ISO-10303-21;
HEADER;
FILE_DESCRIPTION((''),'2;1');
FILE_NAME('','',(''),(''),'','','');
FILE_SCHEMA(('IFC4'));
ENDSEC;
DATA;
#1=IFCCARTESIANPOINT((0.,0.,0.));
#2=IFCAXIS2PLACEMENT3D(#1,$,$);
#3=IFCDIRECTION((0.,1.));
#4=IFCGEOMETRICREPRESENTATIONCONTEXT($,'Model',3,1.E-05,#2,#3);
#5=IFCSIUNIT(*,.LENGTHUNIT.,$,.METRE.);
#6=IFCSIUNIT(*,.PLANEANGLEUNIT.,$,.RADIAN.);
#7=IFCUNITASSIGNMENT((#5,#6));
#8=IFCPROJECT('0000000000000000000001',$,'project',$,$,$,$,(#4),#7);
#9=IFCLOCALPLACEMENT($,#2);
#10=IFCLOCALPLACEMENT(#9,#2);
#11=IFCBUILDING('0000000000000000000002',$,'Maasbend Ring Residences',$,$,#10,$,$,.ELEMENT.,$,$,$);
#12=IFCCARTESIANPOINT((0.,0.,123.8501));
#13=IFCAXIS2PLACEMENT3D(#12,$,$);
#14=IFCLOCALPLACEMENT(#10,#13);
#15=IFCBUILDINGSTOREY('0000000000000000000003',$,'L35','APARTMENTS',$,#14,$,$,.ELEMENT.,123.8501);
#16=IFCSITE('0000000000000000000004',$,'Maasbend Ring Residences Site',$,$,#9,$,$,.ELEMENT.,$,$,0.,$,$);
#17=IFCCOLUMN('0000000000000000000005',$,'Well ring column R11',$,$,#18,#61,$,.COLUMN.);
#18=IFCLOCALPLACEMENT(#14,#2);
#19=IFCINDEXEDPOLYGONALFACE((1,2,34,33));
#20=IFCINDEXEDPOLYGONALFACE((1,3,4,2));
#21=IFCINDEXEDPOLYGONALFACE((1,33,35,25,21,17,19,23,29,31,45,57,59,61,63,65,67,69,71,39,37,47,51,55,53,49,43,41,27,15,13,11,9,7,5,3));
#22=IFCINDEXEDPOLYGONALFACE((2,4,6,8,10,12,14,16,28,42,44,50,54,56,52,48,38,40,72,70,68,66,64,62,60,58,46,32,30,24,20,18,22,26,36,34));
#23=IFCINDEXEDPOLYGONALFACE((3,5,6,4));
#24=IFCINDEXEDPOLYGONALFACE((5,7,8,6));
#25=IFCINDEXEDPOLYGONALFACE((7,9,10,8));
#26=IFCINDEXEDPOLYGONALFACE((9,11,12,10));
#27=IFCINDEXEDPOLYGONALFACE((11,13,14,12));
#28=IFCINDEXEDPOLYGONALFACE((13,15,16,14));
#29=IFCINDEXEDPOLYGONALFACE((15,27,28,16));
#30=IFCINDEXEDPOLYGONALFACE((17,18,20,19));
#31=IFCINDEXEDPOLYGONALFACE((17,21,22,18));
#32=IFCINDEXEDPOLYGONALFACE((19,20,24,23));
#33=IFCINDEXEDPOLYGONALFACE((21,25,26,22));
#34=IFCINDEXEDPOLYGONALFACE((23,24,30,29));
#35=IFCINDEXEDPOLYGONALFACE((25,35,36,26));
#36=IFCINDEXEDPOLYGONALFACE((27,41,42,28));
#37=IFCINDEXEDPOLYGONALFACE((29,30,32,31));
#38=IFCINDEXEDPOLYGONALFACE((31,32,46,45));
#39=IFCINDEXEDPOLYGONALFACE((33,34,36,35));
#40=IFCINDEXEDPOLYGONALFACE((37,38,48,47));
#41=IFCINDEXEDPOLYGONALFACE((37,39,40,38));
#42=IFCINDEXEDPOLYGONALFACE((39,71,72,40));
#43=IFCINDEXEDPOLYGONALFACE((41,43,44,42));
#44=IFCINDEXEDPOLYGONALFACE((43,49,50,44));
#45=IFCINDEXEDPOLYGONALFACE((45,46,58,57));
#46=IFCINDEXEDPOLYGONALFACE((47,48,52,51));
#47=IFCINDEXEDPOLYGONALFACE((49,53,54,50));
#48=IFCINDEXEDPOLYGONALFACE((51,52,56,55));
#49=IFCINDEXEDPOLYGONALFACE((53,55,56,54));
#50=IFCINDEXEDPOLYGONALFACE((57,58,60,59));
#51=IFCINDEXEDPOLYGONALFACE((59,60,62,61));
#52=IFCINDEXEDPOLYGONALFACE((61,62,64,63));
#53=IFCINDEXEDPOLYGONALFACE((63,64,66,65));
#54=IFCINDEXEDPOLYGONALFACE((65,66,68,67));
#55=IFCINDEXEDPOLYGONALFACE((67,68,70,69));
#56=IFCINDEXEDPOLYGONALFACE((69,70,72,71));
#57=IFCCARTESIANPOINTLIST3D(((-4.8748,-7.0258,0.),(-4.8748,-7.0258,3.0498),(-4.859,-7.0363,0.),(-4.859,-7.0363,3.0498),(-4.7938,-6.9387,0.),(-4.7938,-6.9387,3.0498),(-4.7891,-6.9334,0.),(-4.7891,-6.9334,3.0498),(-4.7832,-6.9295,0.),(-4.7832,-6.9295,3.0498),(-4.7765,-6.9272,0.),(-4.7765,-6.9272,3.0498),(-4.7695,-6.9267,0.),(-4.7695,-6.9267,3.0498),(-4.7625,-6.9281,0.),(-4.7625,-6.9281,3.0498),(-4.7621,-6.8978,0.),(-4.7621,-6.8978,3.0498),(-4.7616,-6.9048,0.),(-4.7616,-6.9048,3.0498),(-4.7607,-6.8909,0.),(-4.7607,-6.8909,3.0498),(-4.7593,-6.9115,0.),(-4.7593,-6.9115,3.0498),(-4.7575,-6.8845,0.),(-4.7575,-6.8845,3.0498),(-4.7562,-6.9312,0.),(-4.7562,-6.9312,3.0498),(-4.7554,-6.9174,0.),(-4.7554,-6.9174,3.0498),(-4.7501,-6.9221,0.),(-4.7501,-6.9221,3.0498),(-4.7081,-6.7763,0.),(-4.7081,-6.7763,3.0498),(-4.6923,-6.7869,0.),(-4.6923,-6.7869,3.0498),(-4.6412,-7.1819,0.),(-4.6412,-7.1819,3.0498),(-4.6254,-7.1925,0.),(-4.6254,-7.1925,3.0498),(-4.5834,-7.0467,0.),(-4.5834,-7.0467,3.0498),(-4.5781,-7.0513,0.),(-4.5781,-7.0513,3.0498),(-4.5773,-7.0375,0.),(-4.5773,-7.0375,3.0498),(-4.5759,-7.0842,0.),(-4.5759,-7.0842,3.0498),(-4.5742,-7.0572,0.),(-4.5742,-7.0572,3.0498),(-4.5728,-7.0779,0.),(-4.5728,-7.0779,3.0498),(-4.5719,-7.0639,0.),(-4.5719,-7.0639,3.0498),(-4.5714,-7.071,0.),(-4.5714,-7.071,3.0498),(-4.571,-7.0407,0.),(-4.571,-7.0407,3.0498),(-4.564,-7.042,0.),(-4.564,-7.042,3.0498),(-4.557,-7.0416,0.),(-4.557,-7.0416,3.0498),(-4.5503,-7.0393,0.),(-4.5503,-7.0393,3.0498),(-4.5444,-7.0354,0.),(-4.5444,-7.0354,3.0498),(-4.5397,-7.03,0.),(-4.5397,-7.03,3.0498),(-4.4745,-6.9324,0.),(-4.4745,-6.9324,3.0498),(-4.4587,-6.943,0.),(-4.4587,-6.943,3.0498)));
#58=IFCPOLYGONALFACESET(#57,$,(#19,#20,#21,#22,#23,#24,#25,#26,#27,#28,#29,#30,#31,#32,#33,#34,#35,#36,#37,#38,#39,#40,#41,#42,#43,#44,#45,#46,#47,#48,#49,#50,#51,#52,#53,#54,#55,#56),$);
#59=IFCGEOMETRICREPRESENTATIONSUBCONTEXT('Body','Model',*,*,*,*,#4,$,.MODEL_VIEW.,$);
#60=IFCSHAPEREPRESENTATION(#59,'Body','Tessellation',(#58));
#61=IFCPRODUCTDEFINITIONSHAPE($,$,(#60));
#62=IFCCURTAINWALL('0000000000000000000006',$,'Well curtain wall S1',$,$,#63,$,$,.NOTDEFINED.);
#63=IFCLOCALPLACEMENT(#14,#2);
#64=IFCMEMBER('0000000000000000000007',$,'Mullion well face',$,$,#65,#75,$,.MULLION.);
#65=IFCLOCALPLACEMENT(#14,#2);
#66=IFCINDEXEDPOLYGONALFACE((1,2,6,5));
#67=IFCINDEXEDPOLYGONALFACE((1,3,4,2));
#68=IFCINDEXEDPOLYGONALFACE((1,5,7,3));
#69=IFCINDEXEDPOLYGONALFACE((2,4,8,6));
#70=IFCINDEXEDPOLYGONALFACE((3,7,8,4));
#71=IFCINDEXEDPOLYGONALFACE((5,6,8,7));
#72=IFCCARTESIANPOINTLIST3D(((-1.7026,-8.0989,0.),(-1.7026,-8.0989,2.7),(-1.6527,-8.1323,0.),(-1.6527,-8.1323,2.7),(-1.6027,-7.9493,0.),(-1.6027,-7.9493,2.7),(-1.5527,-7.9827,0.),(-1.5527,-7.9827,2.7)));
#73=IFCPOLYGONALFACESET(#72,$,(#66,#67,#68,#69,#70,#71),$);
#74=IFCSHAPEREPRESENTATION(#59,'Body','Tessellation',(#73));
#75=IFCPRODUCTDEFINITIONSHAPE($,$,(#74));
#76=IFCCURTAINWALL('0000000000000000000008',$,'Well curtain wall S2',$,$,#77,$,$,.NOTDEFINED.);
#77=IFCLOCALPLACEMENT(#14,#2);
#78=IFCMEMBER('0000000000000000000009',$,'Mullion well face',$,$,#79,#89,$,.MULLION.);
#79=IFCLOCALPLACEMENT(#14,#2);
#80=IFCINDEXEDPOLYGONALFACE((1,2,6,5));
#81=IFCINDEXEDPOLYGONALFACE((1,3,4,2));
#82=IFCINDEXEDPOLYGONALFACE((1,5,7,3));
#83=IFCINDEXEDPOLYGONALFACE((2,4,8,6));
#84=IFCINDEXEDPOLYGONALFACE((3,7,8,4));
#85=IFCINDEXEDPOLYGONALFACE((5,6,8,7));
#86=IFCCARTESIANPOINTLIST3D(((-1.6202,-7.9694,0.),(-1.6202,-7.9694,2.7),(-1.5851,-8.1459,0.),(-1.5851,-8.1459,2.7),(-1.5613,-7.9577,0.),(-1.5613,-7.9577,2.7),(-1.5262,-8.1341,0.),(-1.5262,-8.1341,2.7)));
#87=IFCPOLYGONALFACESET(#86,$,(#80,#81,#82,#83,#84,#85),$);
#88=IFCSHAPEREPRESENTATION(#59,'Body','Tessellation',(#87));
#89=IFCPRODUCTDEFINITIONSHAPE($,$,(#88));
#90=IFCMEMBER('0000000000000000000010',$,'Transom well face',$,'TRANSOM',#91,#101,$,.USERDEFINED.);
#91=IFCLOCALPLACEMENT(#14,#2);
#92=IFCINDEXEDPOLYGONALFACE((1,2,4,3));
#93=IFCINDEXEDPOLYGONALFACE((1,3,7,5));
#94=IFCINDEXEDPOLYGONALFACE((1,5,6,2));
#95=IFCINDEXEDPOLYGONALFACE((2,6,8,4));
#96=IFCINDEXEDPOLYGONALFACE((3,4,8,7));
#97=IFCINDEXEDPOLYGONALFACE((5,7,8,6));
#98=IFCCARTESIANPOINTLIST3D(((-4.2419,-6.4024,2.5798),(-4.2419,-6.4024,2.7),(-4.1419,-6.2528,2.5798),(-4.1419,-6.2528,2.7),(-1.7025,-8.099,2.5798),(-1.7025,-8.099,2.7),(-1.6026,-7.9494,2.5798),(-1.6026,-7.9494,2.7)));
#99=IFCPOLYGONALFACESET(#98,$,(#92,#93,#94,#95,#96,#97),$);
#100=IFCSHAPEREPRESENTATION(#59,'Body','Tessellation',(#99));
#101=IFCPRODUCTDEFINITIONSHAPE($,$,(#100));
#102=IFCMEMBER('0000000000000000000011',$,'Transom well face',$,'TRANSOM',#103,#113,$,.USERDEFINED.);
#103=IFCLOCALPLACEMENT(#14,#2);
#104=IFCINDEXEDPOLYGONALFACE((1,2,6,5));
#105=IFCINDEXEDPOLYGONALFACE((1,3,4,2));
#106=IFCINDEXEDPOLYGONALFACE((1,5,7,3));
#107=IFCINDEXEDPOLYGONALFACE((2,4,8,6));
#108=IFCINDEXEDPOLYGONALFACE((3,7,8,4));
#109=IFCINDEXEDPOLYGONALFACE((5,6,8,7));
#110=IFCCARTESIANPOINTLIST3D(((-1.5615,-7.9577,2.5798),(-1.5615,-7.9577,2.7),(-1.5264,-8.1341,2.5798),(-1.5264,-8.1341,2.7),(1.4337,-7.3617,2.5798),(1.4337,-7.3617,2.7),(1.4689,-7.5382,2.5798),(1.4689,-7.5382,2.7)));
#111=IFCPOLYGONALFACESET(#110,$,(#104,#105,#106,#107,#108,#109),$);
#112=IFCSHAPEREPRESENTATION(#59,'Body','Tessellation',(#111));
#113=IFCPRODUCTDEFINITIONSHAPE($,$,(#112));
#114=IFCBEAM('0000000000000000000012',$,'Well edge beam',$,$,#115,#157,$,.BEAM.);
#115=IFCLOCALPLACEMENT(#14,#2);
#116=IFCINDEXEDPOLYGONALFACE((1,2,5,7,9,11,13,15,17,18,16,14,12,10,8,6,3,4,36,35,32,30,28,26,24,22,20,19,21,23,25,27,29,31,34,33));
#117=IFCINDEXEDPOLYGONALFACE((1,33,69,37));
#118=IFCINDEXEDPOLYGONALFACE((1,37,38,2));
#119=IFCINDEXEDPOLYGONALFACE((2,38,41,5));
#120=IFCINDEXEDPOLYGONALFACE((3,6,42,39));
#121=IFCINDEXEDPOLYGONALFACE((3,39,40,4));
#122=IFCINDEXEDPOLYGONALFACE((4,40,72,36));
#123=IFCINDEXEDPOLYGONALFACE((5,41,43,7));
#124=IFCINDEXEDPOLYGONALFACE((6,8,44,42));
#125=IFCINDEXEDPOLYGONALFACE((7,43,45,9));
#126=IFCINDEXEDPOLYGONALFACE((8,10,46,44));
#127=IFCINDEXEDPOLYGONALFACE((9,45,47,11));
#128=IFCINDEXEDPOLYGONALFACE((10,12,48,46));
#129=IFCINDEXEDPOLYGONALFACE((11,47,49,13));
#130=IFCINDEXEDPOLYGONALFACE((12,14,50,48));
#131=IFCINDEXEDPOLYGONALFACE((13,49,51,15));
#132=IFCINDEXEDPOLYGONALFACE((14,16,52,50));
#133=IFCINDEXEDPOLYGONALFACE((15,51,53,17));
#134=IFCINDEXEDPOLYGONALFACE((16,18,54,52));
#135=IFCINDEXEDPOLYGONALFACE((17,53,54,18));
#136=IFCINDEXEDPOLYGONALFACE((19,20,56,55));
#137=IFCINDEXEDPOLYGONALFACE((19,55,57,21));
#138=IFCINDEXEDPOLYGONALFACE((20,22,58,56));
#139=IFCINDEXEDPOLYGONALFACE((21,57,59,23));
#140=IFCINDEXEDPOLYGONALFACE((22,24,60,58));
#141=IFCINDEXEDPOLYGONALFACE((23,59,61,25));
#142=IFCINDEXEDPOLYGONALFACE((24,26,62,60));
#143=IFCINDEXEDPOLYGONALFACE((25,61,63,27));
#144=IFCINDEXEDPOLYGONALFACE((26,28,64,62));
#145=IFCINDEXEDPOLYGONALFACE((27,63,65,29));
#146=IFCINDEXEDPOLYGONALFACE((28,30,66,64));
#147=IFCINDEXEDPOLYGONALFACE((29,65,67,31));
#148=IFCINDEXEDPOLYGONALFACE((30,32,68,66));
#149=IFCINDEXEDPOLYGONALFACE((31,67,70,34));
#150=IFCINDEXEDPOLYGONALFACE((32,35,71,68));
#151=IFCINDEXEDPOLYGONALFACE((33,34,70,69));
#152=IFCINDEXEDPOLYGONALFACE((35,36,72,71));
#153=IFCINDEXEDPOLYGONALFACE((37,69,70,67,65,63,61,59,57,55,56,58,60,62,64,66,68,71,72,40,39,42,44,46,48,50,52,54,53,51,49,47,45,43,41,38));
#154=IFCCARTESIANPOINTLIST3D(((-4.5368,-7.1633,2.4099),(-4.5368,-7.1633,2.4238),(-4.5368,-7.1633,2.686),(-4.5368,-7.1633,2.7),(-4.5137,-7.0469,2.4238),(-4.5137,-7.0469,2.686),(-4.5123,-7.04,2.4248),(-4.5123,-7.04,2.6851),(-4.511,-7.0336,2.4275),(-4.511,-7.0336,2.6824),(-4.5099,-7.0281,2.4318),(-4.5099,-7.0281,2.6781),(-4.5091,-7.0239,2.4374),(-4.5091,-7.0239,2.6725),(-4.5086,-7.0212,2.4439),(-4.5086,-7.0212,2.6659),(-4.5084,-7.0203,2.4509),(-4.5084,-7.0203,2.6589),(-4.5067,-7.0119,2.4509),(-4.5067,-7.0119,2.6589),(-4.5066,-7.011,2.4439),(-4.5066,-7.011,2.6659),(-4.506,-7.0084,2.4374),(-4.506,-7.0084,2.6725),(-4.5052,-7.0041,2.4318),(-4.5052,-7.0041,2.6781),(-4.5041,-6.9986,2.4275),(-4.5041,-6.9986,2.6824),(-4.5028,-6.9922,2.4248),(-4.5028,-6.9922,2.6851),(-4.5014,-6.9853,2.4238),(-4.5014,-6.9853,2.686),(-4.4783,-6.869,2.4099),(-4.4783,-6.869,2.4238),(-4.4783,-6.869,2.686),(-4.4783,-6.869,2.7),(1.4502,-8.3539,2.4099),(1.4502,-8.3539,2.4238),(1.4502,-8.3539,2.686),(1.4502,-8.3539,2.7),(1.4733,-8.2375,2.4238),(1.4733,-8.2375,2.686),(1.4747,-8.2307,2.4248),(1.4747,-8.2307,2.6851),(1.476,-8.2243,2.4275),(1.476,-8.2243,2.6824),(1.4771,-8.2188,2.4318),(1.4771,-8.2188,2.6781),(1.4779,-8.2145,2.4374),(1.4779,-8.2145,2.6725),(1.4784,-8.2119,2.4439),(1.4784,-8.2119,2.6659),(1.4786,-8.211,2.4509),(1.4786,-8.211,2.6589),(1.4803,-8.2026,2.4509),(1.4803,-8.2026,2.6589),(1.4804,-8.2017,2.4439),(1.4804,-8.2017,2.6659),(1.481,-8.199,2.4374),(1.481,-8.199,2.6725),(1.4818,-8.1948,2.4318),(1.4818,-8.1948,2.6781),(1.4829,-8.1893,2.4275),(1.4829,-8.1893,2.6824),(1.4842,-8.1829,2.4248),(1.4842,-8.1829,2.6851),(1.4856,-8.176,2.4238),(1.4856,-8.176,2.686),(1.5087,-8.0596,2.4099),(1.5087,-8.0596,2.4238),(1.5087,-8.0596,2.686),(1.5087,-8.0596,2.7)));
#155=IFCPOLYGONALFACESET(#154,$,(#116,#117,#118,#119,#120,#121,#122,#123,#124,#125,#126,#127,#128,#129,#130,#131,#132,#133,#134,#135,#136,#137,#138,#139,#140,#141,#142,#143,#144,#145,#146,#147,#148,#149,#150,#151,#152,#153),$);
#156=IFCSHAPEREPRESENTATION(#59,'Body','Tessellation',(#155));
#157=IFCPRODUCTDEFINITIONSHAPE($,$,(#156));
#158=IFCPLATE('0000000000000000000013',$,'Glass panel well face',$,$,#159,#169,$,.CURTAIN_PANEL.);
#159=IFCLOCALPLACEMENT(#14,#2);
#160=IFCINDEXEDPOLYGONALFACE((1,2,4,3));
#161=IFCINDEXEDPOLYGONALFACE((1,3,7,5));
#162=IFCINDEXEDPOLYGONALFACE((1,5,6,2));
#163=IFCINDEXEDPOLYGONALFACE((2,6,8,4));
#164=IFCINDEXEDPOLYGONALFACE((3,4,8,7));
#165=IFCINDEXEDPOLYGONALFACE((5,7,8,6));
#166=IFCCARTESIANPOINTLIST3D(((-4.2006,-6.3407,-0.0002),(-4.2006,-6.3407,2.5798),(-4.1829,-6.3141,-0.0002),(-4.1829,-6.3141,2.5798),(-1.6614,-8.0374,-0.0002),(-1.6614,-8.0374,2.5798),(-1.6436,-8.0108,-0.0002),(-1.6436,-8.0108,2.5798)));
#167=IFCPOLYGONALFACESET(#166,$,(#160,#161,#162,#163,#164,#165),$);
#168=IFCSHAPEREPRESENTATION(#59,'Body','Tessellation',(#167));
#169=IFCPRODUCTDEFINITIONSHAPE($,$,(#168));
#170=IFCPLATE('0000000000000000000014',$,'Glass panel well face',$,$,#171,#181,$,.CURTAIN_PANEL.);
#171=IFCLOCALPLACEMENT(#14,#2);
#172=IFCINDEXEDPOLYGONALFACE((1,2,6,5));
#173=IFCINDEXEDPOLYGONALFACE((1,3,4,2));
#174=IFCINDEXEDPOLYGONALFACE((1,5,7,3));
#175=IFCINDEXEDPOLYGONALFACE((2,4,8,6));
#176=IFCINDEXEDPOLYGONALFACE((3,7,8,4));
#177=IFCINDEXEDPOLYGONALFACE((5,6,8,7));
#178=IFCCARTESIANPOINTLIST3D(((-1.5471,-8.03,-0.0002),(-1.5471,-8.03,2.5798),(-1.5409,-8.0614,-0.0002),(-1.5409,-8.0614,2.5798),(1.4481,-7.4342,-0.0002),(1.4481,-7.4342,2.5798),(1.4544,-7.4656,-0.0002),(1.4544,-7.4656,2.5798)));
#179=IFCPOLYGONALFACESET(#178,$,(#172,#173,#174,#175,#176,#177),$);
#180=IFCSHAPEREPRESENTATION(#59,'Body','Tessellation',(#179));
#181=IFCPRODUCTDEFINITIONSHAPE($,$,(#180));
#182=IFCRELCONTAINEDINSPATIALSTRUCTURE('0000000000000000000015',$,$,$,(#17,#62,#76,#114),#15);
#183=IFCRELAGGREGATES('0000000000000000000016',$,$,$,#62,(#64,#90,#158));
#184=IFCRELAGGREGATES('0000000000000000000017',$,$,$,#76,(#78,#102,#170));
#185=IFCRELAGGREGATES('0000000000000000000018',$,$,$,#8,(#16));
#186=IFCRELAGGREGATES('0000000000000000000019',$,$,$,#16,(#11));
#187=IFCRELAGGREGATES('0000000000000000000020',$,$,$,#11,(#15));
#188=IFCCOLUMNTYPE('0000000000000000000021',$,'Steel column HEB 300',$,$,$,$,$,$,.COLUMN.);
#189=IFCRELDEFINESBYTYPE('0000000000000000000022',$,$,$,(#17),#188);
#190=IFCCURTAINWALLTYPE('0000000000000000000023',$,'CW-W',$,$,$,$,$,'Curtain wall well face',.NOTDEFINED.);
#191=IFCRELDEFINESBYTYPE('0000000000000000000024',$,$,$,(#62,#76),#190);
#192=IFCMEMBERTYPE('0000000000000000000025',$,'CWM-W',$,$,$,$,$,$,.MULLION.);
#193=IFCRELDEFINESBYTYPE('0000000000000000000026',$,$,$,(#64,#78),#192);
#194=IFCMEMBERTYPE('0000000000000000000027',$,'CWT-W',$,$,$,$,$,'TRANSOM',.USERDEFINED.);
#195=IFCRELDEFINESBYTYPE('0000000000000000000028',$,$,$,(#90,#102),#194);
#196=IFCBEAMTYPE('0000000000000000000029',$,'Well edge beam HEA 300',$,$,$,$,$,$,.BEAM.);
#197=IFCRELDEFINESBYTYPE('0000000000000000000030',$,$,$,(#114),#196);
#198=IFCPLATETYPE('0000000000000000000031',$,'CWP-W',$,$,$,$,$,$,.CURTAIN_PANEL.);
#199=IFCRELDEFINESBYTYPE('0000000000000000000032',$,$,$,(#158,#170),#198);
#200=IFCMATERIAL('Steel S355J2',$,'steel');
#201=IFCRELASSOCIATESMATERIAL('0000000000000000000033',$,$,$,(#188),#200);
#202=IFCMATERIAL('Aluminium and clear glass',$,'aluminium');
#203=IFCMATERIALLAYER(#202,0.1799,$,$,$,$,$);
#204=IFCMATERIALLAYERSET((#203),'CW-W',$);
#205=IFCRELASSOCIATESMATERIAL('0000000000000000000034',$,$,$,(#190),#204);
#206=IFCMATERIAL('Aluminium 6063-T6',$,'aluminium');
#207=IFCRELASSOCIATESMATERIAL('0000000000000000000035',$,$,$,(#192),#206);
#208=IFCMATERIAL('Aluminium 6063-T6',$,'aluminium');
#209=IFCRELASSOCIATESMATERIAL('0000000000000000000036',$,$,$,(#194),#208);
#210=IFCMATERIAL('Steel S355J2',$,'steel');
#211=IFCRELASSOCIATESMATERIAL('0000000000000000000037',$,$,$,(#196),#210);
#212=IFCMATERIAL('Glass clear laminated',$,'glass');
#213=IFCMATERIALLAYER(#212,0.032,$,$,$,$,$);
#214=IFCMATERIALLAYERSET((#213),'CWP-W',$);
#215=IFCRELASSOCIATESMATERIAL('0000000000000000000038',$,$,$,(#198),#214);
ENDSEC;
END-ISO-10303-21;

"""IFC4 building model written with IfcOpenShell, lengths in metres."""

from ifc_helpers import new_model, si_unit, direction, frame, origin, origin_2d, place, context, subcontext, project, spatial, rectangle, i_section, extrude, material, layer, layer_set, material_profile, profile_set, type_object, element, aggregate, save


model = new_model("IFC4")

# Units and contexts
model_context = context("Model", 3, precision=1e-05, world=origin(), true_north=direction((0.0, 1.0)))
body_context = subcontext(model_context, "Body", "Model", "MODEL_VIEW")
ifc_project = project(units=[si_unit("LENGTHUNIT", "METRE"), si_unit("PLANEANGLEUNIT", "RADIAN")], contexts=[model_context])

# Site, building, storey
site_placement = place(None, origin())
site = spatial("IfcSite", under=ifc_project, at=site_placement, Name="Maasbend Ring Residences Site", CompositionType="ELEMENT", RefElevation=0.0)
building_placement = place(site_placement, origin())
building = spatial("IfcBuilding", under=site, at=building_placement, Name="Maasbend Ring Residences", CompositionType="ELEMENT")
storey_placement = place(building_placement, frame((0.0, 0.0, 123.8501)))
storey = spatial("IfcBuildingStorey", under=building, at=storey_placement, Name="L35", Description="APARTMENTS", CompositionType="ELEMENT", Elevation=123.8501)

# Column
ifc_material_1 = material(Name="Steel S355J2", Category="steel")
ifc_material_profile_1 = material_profile(ifc_material_1, i_section(OverallWidth=0.3, OverallDepth=0.3, WebThickness=0.011, FlangeThickness=0.019, FilletRadius=0.0271, at=origin_2d()), Name="HEB 300")
ifc_profile_set_1 = profile_set([ifc_material_profile_1], Name="Steel S355J2")
column_type = type_object("IfcColumnType", Name="Steel column HEB 300", PredefinedType="COLUMN", material=ifc_profile_set_1)
column_placement = place(storey_placement, frame((-4.6667, -6.9844, 0.0), z_axis=(0.0, 0.0, 1.0), x_axis=(-0.55557, -0.83147, 0.0)))
element("IfcColumn", 1, at=column_placement, inside=storey, type_object=column_type, Name="Well ring column R11", PredefinedType="COLUMN", context=body_context, shape_type="SweptSolid", body=[
    extrude(i_section(OverallWidth=0.3, OverallDepth=0.3, WebThickness=0.011, FlangeThickness=0.019, FilletRadius=0.0271, at=origin_2d()), origin(), (0.0, 0.0, 1.0), 3.0498),
])

# Curtain walls, members
ifc_material_2 = material(Name="Aluminium and clear glass", Category="aluminium")
ifc_layer_1 = layer(ifc_material_2, 0.1799)
ifc_layer_set_1 = layer_set([ifc_layer_1], Name="CW-W")
curtain_wall_type = type_object("IfcCurtainWallType", Name="CW-W", ElementType="Curtain wall well face", PredefinedType="NOTDEFINED", material=ifc_layer_set_1)
curtain_wall_1_placement = place(storey_placement, origin())
curtain_wall_1 = element("IfcCurtainWall", 2, at=curtain_wall_1_placement, inside=storey, type_object=curtain_wall_type, Name="Well curtain wall S1", PredefinedType="NOTDEFINED")
ifc_material_3 = material(Name="Aluminium 6063-T6", Category="aluminium")
ifc_material_profile_2 = material_profile(ifc_material_3, rectangle(XDim=0.1799, YDim=0.0601, at=origin_2d()), Name="AL 180x60")
ifc_profile_set_2 = profile_set([ifc_material_profile_2], Name="Aluminium 6063-T6")
member_type_1 = type_object("IfcMemberType", Name="CWM-W", PredefinedType="MULLION", material=ifc_profile_set_2)
member_1_placement = place(storey_placement, frame((-1.6277, -8.0408, 0.0), z_axis=(0.0, 0.0, 1.0), x_axis=(0.55557, 0.83147, 0.0)))
member_1 = element("IfcMember", 3, at=member_1_placement, type_object=member_type_1, Name="Mullion well face", PredefinedType="MULLION", context=body_context, shape_type="SweptSolid", body=[
    extrude(rectangle(XDim=0.1799, YDim=0.0601, at=origin_2d()), origin(), (0.0, 0.0, 1.0), 2.7),
])
curtain_wall_2_placement = place(storey_placement, origin())
curtain_wall_2 = element("IfcCurtainWall", 4, at=curtain_wall_2_placement, inside=storey, type_object=curtain_wall_type, Name="Well curtain wall S2", PredefinedType="NOTDEFINED")
member_2_placement = place(storey_placement, frame((-1.5732, -8.0518, 0.0), z_axis=(0.0, 0.0, 1.0), x_axis=(-0.19509, 0.980785, 0.0)))
member_2 = element("IfcMember", 5, at=member_2_placement, type_object=member_type_1, Name="Mullion well face", PredefinedType="MULLION", context=body_context, shape_type="SweptSolid", body=[
    extrude(rectangle(XDim=0.1799, YDim=0.0601, at=origin_2d()), origin(), (0.0, 0.0, 1.0), 2.7),
])

# Members
ifc_material_4 = material(Name="Aluminium 6063-T6", Category="aluminium")
ifc_material_profile_3 = material_profile(ifc_material_4, rectangle(XDim=0.1799, YDim=0.1201, at=origin_2d()), Name="AL 180x120")
ifc_profile_set_3 = profile_set([ifc_material_profile_3], Name="Aluminium 6063-T6")
member_type_2 = type_object("IfcMemberType", Name="CWT-W", ElementType="TRANSOM", PredefinedType="USERDEFINED", material=ifc_profile_set_3)
member_3_placement = place(storey_placement, frame((-4.1919, -6.3276, 2.6399), z_axis=(0.831496, -0.55553, 0.0), x_axis=(0.55553, 0.831496, 0.0)))
member_3 = element("IfcMember", 6, at=member_3_placement, type_object=member_type_2, Name="Transom well face", ObjectType="TRANSOM", PredefinedType="USERDEFINED", context=body_context, shape_type="SweptSolid", body=[
    extrude(rectangle(XDim=0.1799, YDim=0.1201, at=origin_2d()), origin(), (0.0, 0.0, 1.0), 3.054),
])
member_4_placement = place(storey_placement, frame((-1.5439, -8.0459, 2.6399), z_axis=(0.980777, 0.195132, 0.0), x_axis=(-0.195132, 0.980777, 0.0)))
member_4 = element("IfcMember", 7, at=member_4_placement, type_object=member_type_2, Name="Transom well face", ObjectType="TRANSOM", PredefinedType="USERDEFINED", context=body_context, shape_type="SweptSolid", body=[
    extrude(rectangle(XDim=0.1799, YDim=0.1201, at=origin_2d()), origin(), (0.0, 0.0, 1.0), 3.054),
])

# Beam
ifc_material_5 = material(Name="Steel S355J2", Category="steel")
ifc_material_profile_4 = material_profile(ifc_material_5, i_section(OverallWidth=0.3, OverallDepth=0.29, WebThickness=0.0085, FlangeThickness=0.0139, FilletRadius=0.0271, at=origin_2d()), Name="HEA 300")
ifc_profile_set_4 = profile_set([ifc_material_profile_4], Name="Steel S355J2")
beam_type = type_object("IfcBeamType", Name="Well edge beam HEA 300", PredefinedType="BEAM", material=ifc_profile_set_4)
beam_placement = place(storey_placement, frame((-4.5076, -7.0161, 2.5549), z_axis=(0.980792, -0.195055, 0.0), x_axis=(0.195055, 0.980792, 0.0)))
element("IfcBeam", 8, at=beam_placement, inside=storey, type_object=beam_type, Name="Well edge beam", PredefinedType="BEAM", context=body_context, shape_type="SweptSolid", body=[
    extrude(i_section(OverallWidth=0.3, OverallDepth=0.29, WebThickness=0.0085, FlangeThickness=0.0139, FilletRadius=0.0271, at=origin_2d()), origin(), (0.0, 0.0, 1.0), 6.1042),
])

# Plates
ifc_material_6 = material(Name="Glass clear laminated", Category="glass")
ifc_layer_2 = layer(ifc_material_6, 0.032)
ifc_layer_set_2 = layer_set([ifc_layer_2], Name="CWP-W")
plate_type = type_object("IfcPlateType", Name="CWP-W", PredefinedType="CURTAIN_PANEL", material=ifc_layer_set_2)
plate_1_placement = place(storey_placement, frame((-2.9221, -7.1758, -0.0002), z_axis=(0.0, 0.0, 1.0), x_axis=(0.83147, -0.55557, 0.0)))
plate_1 = element("IfcPlate", 9, at=plate_1_placement, type_object=plate_type, Name="Glass panel well face", PredefinedType="CURTAIN_PANEL", context=body_context, shape_type="SweptSolid", body=[
    extrude(rectangle(XDim=3.054, YDim=0.032, at=origin_2d()), origin(), (0.0, 0.0, 1.0), 2.5801),
])
aggregate(curtain_wall_1, [member_1, member_3, plate_1])
plate_2_placement = place(storey_placement, frame((-0.0464, -7.7478, -0.0002), z_axis=(0.0, 0.0, 1.0), x_axis=(0.980785, 0.19509, 0.0)))
plate_2 = element("IfcPlate", 10, at=plate_2_placement, type_object=plate_type, Name="Glass panel well face", PredefinedType="CURTAIN_PANEL", context=body_context, shape_type="SweptSolid", body=[
    extrude(rectangle(XDim=3.054, YDim=0.032, at=origin_2d()), origin(), (0.0, 0.0, 1.0), 2.5801),
])
aggregate(curtain_wall_2, [member_2, member_4, plate_2])

save(model, "model.ifc")
